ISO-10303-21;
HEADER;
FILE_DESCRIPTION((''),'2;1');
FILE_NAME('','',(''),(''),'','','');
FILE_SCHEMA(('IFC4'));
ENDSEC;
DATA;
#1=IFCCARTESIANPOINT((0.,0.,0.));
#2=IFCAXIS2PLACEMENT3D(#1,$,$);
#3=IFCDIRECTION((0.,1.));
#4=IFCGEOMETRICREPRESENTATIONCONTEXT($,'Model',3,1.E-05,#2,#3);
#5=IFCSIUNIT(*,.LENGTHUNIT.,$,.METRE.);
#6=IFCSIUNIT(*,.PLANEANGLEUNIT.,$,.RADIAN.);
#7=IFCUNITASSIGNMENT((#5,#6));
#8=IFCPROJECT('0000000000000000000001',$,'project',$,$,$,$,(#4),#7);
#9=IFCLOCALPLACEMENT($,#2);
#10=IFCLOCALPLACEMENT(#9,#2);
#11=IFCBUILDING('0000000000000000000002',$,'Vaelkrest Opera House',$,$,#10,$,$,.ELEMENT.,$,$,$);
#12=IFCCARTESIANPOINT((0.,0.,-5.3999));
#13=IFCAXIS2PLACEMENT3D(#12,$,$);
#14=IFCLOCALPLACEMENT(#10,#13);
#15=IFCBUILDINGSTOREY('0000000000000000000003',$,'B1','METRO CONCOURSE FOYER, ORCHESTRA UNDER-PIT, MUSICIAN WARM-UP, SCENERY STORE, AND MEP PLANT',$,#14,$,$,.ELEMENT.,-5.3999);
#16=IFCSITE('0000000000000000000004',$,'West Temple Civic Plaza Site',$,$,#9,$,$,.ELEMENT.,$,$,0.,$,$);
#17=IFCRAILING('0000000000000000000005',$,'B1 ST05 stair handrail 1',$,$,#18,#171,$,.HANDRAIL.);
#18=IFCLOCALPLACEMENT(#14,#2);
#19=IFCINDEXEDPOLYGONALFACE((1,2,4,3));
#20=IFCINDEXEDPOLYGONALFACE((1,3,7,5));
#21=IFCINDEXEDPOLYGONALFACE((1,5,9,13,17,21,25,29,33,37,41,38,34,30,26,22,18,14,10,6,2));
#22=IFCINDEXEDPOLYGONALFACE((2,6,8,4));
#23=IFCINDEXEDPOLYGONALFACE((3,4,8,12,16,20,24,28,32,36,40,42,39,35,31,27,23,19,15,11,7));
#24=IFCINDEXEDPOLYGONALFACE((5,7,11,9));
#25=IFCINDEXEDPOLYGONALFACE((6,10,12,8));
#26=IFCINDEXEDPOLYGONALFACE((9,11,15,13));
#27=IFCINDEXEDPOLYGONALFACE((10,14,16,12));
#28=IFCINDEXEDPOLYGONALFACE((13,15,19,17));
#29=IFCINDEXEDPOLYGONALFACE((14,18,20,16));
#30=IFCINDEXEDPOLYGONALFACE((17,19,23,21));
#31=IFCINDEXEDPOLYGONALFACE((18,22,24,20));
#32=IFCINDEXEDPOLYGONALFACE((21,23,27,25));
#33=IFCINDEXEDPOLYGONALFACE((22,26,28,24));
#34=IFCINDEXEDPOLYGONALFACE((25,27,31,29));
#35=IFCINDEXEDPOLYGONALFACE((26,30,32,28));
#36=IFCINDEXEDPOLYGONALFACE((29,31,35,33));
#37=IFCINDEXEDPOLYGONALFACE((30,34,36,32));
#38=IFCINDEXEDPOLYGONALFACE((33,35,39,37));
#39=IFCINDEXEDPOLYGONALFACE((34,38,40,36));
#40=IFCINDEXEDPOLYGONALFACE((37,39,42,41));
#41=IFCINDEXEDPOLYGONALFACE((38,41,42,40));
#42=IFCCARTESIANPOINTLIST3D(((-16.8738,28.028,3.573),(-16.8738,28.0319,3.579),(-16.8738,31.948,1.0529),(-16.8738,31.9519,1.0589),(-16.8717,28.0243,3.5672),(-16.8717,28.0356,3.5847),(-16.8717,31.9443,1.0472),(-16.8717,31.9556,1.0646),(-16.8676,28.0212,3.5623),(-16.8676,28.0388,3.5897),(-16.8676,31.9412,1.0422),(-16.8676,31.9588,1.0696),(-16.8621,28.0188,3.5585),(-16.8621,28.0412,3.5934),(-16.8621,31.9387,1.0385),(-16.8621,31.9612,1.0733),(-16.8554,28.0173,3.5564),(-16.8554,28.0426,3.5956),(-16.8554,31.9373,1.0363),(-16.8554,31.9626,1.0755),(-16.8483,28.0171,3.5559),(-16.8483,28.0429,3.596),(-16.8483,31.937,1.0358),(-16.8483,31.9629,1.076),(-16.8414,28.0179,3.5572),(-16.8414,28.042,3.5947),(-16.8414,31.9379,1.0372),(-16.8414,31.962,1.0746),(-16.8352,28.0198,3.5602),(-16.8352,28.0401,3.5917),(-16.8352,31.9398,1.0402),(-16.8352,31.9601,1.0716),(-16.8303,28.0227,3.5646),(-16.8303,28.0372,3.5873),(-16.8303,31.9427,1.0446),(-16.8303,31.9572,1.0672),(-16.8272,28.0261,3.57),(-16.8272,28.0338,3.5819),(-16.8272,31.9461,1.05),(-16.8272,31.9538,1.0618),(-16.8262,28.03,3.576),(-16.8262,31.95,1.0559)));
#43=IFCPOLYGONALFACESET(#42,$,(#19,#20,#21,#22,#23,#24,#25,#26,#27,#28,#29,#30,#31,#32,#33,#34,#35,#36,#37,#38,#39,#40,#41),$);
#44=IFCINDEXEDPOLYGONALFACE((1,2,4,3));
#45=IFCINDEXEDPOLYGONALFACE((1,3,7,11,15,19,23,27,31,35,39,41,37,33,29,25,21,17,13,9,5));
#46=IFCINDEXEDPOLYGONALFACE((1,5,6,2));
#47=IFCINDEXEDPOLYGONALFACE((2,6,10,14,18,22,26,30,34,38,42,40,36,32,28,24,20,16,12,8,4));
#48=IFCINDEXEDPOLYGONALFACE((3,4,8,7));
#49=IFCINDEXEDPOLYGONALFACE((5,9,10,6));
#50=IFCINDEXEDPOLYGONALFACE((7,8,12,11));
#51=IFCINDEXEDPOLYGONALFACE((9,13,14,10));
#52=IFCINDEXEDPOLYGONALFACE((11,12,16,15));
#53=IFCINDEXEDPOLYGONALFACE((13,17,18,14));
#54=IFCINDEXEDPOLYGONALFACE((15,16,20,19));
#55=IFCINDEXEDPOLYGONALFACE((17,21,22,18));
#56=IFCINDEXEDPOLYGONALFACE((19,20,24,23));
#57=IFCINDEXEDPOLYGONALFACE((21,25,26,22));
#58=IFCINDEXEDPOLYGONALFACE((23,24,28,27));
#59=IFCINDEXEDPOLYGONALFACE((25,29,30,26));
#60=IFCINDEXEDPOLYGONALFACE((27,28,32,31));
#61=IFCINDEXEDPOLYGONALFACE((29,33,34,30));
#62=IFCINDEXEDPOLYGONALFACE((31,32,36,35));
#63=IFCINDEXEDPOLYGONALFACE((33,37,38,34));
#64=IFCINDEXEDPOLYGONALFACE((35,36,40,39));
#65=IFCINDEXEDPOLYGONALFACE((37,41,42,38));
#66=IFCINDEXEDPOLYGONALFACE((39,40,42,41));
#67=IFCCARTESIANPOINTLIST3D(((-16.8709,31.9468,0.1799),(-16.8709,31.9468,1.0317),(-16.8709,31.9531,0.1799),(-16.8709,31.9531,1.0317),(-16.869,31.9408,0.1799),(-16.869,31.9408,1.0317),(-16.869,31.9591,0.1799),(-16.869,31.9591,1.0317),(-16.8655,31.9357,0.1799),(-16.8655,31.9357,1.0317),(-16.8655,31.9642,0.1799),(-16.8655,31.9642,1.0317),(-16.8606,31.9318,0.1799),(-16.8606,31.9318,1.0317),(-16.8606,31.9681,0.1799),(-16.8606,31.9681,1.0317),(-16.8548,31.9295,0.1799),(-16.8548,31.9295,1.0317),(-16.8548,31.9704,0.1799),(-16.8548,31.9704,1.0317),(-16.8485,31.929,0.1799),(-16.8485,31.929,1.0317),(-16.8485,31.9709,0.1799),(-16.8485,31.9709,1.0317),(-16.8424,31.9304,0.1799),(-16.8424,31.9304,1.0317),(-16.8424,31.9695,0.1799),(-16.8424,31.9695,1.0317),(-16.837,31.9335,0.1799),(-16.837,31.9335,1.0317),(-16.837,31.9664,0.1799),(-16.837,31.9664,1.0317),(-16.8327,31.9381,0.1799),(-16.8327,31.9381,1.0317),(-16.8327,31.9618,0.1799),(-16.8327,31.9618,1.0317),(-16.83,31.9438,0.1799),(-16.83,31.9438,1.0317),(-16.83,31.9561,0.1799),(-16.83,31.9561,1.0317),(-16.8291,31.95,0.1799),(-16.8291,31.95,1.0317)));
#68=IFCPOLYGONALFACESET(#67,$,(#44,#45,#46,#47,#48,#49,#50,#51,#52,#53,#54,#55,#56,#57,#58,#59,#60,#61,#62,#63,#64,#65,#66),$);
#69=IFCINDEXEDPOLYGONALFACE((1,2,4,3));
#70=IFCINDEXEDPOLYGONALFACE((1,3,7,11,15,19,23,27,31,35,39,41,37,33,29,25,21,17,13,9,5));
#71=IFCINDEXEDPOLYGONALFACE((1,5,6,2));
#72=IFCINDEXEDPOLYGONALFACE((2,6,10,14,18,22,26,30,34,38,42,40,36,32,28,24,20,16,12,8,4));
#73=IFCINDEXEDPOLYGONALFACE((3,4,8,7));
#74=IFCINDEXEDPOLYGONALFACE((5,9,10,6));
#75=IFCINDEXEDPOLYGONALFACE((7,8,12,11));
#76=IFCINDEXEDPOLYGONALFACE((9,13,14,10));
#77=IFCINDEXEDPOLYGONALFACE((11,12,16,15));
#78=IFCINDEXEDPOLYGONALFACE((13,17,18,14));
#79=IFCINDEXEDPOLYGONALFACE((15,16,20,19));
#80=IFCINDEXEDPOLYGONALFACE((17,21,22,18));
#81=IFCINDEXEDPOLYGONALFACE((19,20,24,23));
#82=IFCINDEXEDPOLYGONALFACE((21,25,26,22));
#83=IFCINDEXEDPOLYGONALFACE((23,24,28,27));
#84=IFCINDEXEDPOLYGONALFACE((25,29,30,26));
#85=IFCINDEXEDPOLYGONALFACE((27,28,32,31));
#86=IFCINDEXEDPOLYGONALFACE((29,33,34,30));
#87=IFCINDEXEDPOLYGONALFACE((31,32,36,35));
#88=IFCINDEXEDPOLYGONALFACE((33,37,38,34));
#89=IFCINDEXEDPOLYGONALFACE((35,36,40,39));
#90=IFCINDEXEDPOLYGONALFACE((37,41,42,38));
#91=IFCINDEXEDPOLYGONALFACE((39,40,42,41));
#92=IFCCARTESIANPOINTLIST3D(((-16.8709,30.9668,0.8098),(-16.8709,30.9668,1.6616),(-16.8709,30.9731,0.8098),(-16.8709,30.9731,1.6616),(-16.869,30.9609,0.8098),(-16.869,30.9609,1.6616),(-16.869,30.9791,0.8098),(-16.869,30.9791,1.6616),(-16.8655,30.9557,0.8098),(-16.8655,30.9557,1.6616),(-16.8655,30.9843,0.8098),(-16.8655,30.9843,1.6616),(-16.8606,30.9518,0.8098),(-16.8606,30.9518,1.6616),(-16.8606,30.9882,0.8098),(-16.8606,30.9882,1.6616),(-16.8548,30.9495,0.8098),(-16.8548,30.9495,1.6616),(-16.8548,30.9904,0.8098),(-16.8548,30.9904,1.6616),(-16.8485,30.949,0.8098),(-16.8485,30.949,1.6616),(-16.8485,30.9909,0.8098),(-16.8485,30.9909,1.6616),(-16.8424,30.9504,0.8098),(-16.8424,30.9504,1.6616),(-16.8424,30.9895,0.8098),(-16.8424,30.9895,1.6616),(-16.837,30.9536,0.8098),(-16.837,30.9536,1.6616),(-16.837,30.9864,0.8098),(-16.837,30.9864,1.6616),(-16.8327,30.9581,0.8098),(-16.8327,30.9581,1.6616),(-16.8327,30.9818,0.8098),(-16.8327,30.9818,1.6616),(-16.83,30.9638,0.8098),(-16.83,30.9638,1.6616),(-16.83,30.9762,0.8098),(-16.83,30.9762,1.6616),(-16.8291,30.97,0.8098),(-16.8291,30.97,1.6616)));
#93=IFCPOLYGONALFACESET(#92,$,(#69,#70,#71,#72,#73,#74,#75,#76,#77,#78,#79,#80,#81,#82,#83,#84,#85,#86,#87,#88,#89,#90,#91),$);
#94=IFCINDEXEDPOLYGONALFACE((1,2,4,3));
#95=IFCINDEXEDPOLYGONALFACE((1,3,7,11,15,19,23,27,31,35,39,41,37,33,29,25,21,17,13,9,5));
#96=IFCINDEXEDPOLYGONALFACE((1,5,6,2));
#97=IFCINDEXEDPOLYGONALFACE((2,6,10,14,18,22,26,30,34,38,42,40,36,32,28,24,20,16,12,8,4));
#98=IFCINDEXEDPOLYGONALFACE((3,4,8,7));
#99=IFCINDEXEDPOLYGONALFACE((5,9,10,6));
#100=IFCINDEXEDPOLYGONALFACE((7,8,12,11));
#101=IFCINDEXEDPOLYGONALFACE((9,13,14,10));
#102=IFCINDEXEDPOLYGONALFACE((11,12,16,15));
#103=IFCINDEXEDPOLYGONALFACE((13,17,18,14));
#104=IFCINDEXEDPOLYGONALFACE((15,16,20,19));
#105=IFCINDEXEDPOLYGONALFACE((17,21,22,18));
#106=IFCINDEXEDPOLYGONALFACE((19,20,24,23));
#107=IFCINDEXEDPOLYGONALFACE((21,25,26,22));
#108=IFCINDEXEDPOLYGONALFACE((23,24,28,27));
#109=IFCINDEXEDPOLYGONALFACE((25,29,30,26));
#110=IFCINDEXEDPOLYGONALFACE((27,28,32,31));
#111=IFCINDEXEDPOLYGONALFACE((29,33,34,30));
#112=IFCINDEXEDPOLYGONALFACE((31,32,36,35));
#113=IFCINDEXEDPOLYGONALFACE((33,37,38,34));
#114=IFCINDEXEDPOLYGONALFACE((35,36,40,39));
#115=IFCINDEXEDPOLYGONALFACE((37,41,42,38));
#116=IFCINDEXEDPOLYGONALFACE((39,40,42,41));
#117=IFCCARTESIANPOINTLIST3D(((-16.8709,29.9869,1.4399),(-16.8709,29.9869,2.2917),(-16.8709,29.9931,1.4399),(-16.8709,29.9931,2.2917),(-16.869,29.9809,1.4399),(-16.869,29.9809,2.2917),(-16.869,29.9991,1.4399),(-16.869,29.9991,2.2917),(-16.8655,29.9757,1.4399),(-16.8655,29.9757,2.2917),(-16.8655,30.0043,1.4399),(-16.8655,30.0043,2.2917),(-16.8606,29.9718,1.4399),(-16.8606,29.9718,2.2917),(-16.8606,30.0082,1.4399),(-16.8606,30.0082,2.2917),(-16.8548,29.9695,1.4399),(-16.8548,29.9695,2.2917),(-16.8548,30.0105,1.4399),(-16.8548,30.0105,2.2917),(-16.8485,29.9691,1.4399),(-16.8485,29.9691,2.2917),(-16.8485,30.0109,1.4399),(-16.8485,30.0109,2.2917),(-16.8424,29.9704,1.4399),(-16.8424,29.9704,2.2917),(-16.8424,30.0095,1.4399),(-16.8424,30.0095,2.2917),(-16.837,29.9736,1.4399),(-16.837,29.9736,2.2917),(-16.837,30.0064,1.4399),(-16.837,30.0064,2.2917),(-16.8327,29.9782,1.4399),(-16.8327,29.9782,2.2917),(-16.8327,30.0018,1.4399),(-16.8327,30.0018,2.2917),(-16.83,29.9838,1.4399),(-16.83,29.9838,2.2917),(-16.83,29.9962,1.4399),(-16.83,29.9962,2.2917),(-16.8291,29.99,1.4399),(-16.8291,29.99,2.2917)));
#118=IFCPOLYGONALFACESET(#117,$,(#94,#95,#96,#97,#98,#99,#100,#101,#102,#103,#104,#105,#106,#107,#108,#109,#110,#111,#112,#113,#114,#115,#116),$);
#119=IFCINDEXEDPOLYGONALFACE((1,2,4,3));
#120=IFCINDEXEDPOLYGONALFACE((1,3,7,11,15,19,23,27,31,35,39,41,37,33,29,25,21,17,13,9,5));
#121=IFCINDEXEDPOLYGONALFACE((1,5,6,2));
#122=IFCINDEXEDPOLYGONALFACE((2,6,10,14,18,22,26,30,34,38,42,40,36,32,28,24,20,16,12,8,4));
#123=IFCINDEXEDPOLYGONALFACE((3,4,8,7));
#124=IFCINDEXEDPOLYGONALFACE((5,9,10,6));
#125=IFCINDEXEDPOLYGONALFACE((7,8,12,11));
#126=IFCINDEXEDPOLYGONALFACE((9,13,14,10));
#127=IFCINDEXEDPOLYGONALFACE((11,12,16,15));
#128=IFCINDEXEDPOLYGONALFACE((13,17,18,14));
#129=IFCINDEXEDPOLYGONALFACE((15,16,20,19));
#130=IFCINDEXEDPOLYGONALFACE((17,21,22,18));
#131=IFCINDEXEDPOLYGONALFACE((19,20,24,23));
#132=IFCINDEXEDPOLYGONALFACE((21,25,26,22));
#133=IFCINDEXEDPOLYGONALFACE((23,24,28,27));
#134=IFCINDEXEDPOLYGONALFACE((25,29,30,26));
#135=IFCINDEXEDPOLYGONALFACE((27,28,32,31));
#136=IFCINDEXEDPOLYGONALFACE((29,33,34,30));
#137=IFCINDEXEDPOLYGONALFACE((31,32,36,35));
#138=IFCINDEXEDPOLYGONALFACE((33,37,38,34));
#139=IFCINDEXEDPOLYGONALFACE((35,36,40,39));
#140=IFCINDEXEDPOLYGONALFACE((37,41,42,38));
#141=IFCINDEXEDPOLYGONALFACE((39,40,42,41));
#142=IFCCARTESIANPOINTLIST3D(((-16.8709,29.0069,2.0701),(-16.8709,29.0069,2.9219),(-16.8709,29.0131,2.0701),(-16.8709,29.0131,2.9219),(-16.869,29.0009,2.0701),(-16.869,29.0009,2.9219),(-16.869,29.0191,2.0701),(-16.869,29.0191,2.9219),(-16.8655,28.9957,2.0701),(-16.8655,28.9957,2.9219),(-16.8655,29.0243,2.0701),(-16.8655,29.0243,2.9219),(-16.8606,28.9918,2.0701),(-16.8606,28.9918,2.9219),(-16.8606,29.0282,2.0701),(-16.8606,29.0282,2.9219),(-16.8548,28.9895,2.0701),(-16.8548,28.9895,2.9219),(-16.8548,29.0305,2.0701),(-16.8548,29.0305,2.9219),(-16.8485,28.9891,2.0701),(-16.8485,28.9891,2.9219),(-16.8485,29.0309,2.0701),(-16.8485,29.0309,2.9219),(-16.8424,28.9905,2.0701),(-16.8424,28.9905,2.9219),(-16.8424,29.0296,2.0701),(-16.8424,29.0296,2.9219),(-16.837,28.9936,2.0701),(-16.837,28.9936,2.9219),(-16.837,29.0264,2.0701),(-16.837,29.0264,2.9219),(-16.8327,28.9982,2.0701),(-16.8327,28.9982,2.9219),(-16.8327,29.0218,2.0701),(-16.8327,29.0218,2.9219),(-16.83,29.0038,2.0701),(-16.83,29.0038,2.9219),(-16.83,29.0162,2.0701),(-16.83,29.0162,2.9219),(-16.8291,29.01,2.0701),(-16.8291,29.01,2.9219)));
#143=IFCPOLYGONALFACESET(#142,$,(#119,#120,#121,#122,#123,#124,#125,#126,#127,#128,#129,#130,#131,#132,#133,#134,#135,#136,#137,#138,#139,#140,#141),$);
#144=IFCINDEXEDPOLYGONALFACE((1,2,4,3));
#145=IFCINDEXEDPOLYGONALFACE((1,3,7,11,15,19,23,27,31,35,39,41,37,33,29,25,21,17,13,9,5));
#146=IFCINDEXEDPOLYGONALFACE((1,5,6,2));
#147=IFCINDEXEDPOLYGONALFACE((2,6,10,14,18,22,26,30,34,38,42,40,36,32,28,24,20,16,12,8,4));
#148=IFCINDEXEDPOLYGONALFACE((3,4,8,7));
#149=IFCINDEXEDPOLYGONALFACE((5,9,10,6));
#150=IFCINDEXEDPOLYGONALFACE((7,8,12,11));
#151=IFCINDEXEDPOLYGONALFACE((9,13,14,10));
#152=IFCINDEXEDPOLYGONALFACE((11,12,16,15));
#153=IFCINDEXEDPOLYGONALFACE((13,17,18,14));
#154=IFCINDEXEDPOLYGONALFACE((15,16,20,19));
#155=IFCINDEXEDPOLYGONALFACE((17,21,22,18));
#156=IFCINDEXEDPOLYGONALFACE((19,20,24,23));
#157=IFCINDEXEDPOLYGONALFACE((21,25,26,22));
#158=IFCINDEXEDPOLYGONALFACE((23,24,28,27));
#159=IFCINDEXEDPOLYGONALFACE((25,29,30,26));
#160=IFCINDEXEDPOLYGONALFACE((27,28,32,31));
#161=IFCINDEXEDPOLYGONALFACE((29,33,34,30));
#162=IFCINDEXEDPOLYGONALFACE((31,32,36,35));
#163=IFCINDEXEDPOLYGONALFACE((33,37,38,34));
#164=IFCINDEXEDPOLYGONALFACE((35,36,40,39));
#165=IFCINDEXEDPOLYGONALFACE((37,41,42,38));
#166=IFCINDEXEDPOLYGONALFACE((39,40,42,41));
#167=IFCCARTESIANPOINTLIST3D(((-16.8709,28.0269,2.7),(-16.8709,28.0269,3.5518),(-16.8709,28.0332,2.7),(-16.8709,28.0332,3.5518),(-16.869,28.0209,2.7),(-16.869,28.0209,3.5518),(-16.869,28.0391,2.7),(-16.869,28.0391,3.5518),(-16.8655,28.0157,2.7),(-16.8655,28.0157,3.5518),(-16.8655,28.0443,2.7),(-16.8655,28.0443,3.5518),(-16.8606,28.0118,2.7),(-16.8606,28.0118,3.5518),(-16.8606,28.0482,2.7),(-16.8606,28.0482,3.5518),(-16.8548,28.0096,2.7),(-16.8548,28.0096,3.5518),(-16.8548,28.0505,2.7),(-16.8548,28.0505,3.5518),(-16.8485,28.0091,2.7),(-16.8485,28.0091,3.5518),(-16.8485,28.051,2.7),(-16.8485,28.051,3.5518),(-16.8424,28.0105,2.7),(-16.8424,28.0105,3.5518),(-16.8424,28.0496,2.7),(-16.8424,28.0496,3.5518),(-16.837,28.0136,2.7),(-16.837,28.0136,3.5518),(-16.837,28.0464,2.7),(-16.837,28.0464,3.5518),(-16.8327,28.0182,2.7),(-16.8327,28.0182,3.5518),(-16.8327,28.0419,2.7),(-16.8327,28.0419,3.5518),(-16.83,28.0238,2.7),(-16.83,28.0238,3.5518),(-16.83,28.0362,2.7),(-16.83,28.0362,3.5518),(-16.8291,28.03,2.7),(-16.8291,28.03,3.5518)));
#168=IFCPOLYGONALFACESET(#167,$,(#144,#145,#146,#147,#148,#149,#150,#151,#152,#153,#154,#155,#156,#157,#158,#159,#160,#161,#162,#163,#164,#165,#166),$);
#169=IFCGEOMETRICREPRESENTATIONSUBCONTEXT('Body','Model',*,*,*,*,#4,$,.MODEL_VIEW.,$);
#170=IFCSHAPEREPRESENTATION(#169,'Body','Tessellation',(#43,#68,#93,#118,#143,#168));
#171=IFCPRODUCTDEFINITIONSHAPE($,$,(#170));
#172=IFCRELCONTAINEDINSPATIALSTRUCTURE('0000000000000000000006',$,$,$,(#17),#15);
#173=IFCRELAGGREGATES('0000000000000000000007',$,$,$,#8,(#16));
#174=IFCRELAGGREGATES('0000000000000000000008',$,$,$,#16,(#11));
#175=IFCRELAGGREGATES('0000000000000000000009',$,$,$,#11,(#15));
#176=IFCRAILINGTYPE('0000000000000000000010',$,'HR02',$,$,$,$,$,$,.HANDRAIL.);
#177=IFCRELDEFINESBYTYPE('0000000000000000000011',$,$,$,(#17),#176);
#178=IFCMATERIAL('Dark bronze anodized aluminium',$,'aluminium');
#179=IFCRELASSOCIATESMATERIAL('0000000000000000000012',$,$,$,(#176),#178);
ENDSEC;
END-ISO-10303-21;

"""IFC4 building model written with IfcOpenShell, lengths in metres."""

from ifc_helpers import new_model, si_unit, direction, frame, origin, origin_2d, place, context, subcontext, project, spatial, circle, extrude, material, type_object, element, save


model = new_model("IFC4")

# Units and contexts
model_context = context("Model", 3, precision=1e-05, world=origin(), true_north=direction((0.0, 1.0)))
body_context = subcontext(model_context, "Body", "Model", "MODEL_VIEW")
ifc_project = project(units=[si_unit("LENGTHUNIT", "METRE"), si_unit("PLANEANGLEUNIT", "RADIAN")], contexts=[model_context])

# Site, building, storey
site_placement = place(None, origin())
site = spatial("IfcSite", under=ifc_project, at=site_placement, Name="West Temple Civic Plaza Site", CompositionType="ELEMENT", RefElevation=0.0)
building_placement = place(site_placement, origin())
building = spatial("IfcBuilding", under=site, at=building_placement, Name="Vaelkrest Opera House", CompositionType="ELEMENT")
storey_placement = place(building_placement, frame((0.0, 0.0, -5.3999)))
storey = spatial("IfcBuildingStorey", under=building, at=storey_placement, Name="B1", Description="METRO CONCOURSE FOYER, ORCHESTRA UNDER-PIT, MUSICIAN WARM-UP, SCENERY STORE, AND MEP PLANT", CompositionType="ELEMENT", Elevation=-5.3999)

# Railing
ifc_material_1 = material(Name="Dark bronze anodized aluminium", Category="aluminium")
railing_type_1 = type_object("IfcRailingType", Name="HR02", PredefinedType="HANDRAIL", material=ifc_material_1)
railing_1_placement = place(storey_placement, frame((-16.8501, 31.95, 0.1799)))
element("IfcRailing", 1, at=railing_1_placement, inside=storey, type_object=railing_type_1, Name="B1 ST05 stair handrail 1", PredefinedType="HANDRAIL", context=body_context, shape_type="SweptSolid", body=[
    extrude(circle(Radius=0.0239, at=origin_2d()), frame((0.0, 0.0, 0.876), z_axis=(0.0, -0.841172, 0.540768), x_axis=(1.0, 0.0, 0.0)), (0.0, 0.0, 1.0), 4.6602),
    extrude(circle(Radius=0.021, at=origin_2d()), origin(), (0.0, 0.0, 1.0), 0.8518),
    extrude(circle(Radius=0.021, at=origin_2d()), frame((0.0, -0.98, 0.6299)), (0.0, 0.0, 1.0), 0.8518),
    extrude(circle(Radius=0.021, at=origin_2d()), frame((0.0, -1.96, 1.26)), (0.0, 0.0, 1.0), 0.8518),
    extrude(circle(Radius=0.021, at=origin_2d()), frame((0.0, -2.9399, 1.8901)), (0.0, 0.0, 1.0), 0.8518),
    extrude(circle(Radius=0.021, at=origin_2d()), frame((0.0, -3.9199, 2.52)), (0.0, 0.0, 1.0), 0.8518),
])

save(model, "model.ifc")
